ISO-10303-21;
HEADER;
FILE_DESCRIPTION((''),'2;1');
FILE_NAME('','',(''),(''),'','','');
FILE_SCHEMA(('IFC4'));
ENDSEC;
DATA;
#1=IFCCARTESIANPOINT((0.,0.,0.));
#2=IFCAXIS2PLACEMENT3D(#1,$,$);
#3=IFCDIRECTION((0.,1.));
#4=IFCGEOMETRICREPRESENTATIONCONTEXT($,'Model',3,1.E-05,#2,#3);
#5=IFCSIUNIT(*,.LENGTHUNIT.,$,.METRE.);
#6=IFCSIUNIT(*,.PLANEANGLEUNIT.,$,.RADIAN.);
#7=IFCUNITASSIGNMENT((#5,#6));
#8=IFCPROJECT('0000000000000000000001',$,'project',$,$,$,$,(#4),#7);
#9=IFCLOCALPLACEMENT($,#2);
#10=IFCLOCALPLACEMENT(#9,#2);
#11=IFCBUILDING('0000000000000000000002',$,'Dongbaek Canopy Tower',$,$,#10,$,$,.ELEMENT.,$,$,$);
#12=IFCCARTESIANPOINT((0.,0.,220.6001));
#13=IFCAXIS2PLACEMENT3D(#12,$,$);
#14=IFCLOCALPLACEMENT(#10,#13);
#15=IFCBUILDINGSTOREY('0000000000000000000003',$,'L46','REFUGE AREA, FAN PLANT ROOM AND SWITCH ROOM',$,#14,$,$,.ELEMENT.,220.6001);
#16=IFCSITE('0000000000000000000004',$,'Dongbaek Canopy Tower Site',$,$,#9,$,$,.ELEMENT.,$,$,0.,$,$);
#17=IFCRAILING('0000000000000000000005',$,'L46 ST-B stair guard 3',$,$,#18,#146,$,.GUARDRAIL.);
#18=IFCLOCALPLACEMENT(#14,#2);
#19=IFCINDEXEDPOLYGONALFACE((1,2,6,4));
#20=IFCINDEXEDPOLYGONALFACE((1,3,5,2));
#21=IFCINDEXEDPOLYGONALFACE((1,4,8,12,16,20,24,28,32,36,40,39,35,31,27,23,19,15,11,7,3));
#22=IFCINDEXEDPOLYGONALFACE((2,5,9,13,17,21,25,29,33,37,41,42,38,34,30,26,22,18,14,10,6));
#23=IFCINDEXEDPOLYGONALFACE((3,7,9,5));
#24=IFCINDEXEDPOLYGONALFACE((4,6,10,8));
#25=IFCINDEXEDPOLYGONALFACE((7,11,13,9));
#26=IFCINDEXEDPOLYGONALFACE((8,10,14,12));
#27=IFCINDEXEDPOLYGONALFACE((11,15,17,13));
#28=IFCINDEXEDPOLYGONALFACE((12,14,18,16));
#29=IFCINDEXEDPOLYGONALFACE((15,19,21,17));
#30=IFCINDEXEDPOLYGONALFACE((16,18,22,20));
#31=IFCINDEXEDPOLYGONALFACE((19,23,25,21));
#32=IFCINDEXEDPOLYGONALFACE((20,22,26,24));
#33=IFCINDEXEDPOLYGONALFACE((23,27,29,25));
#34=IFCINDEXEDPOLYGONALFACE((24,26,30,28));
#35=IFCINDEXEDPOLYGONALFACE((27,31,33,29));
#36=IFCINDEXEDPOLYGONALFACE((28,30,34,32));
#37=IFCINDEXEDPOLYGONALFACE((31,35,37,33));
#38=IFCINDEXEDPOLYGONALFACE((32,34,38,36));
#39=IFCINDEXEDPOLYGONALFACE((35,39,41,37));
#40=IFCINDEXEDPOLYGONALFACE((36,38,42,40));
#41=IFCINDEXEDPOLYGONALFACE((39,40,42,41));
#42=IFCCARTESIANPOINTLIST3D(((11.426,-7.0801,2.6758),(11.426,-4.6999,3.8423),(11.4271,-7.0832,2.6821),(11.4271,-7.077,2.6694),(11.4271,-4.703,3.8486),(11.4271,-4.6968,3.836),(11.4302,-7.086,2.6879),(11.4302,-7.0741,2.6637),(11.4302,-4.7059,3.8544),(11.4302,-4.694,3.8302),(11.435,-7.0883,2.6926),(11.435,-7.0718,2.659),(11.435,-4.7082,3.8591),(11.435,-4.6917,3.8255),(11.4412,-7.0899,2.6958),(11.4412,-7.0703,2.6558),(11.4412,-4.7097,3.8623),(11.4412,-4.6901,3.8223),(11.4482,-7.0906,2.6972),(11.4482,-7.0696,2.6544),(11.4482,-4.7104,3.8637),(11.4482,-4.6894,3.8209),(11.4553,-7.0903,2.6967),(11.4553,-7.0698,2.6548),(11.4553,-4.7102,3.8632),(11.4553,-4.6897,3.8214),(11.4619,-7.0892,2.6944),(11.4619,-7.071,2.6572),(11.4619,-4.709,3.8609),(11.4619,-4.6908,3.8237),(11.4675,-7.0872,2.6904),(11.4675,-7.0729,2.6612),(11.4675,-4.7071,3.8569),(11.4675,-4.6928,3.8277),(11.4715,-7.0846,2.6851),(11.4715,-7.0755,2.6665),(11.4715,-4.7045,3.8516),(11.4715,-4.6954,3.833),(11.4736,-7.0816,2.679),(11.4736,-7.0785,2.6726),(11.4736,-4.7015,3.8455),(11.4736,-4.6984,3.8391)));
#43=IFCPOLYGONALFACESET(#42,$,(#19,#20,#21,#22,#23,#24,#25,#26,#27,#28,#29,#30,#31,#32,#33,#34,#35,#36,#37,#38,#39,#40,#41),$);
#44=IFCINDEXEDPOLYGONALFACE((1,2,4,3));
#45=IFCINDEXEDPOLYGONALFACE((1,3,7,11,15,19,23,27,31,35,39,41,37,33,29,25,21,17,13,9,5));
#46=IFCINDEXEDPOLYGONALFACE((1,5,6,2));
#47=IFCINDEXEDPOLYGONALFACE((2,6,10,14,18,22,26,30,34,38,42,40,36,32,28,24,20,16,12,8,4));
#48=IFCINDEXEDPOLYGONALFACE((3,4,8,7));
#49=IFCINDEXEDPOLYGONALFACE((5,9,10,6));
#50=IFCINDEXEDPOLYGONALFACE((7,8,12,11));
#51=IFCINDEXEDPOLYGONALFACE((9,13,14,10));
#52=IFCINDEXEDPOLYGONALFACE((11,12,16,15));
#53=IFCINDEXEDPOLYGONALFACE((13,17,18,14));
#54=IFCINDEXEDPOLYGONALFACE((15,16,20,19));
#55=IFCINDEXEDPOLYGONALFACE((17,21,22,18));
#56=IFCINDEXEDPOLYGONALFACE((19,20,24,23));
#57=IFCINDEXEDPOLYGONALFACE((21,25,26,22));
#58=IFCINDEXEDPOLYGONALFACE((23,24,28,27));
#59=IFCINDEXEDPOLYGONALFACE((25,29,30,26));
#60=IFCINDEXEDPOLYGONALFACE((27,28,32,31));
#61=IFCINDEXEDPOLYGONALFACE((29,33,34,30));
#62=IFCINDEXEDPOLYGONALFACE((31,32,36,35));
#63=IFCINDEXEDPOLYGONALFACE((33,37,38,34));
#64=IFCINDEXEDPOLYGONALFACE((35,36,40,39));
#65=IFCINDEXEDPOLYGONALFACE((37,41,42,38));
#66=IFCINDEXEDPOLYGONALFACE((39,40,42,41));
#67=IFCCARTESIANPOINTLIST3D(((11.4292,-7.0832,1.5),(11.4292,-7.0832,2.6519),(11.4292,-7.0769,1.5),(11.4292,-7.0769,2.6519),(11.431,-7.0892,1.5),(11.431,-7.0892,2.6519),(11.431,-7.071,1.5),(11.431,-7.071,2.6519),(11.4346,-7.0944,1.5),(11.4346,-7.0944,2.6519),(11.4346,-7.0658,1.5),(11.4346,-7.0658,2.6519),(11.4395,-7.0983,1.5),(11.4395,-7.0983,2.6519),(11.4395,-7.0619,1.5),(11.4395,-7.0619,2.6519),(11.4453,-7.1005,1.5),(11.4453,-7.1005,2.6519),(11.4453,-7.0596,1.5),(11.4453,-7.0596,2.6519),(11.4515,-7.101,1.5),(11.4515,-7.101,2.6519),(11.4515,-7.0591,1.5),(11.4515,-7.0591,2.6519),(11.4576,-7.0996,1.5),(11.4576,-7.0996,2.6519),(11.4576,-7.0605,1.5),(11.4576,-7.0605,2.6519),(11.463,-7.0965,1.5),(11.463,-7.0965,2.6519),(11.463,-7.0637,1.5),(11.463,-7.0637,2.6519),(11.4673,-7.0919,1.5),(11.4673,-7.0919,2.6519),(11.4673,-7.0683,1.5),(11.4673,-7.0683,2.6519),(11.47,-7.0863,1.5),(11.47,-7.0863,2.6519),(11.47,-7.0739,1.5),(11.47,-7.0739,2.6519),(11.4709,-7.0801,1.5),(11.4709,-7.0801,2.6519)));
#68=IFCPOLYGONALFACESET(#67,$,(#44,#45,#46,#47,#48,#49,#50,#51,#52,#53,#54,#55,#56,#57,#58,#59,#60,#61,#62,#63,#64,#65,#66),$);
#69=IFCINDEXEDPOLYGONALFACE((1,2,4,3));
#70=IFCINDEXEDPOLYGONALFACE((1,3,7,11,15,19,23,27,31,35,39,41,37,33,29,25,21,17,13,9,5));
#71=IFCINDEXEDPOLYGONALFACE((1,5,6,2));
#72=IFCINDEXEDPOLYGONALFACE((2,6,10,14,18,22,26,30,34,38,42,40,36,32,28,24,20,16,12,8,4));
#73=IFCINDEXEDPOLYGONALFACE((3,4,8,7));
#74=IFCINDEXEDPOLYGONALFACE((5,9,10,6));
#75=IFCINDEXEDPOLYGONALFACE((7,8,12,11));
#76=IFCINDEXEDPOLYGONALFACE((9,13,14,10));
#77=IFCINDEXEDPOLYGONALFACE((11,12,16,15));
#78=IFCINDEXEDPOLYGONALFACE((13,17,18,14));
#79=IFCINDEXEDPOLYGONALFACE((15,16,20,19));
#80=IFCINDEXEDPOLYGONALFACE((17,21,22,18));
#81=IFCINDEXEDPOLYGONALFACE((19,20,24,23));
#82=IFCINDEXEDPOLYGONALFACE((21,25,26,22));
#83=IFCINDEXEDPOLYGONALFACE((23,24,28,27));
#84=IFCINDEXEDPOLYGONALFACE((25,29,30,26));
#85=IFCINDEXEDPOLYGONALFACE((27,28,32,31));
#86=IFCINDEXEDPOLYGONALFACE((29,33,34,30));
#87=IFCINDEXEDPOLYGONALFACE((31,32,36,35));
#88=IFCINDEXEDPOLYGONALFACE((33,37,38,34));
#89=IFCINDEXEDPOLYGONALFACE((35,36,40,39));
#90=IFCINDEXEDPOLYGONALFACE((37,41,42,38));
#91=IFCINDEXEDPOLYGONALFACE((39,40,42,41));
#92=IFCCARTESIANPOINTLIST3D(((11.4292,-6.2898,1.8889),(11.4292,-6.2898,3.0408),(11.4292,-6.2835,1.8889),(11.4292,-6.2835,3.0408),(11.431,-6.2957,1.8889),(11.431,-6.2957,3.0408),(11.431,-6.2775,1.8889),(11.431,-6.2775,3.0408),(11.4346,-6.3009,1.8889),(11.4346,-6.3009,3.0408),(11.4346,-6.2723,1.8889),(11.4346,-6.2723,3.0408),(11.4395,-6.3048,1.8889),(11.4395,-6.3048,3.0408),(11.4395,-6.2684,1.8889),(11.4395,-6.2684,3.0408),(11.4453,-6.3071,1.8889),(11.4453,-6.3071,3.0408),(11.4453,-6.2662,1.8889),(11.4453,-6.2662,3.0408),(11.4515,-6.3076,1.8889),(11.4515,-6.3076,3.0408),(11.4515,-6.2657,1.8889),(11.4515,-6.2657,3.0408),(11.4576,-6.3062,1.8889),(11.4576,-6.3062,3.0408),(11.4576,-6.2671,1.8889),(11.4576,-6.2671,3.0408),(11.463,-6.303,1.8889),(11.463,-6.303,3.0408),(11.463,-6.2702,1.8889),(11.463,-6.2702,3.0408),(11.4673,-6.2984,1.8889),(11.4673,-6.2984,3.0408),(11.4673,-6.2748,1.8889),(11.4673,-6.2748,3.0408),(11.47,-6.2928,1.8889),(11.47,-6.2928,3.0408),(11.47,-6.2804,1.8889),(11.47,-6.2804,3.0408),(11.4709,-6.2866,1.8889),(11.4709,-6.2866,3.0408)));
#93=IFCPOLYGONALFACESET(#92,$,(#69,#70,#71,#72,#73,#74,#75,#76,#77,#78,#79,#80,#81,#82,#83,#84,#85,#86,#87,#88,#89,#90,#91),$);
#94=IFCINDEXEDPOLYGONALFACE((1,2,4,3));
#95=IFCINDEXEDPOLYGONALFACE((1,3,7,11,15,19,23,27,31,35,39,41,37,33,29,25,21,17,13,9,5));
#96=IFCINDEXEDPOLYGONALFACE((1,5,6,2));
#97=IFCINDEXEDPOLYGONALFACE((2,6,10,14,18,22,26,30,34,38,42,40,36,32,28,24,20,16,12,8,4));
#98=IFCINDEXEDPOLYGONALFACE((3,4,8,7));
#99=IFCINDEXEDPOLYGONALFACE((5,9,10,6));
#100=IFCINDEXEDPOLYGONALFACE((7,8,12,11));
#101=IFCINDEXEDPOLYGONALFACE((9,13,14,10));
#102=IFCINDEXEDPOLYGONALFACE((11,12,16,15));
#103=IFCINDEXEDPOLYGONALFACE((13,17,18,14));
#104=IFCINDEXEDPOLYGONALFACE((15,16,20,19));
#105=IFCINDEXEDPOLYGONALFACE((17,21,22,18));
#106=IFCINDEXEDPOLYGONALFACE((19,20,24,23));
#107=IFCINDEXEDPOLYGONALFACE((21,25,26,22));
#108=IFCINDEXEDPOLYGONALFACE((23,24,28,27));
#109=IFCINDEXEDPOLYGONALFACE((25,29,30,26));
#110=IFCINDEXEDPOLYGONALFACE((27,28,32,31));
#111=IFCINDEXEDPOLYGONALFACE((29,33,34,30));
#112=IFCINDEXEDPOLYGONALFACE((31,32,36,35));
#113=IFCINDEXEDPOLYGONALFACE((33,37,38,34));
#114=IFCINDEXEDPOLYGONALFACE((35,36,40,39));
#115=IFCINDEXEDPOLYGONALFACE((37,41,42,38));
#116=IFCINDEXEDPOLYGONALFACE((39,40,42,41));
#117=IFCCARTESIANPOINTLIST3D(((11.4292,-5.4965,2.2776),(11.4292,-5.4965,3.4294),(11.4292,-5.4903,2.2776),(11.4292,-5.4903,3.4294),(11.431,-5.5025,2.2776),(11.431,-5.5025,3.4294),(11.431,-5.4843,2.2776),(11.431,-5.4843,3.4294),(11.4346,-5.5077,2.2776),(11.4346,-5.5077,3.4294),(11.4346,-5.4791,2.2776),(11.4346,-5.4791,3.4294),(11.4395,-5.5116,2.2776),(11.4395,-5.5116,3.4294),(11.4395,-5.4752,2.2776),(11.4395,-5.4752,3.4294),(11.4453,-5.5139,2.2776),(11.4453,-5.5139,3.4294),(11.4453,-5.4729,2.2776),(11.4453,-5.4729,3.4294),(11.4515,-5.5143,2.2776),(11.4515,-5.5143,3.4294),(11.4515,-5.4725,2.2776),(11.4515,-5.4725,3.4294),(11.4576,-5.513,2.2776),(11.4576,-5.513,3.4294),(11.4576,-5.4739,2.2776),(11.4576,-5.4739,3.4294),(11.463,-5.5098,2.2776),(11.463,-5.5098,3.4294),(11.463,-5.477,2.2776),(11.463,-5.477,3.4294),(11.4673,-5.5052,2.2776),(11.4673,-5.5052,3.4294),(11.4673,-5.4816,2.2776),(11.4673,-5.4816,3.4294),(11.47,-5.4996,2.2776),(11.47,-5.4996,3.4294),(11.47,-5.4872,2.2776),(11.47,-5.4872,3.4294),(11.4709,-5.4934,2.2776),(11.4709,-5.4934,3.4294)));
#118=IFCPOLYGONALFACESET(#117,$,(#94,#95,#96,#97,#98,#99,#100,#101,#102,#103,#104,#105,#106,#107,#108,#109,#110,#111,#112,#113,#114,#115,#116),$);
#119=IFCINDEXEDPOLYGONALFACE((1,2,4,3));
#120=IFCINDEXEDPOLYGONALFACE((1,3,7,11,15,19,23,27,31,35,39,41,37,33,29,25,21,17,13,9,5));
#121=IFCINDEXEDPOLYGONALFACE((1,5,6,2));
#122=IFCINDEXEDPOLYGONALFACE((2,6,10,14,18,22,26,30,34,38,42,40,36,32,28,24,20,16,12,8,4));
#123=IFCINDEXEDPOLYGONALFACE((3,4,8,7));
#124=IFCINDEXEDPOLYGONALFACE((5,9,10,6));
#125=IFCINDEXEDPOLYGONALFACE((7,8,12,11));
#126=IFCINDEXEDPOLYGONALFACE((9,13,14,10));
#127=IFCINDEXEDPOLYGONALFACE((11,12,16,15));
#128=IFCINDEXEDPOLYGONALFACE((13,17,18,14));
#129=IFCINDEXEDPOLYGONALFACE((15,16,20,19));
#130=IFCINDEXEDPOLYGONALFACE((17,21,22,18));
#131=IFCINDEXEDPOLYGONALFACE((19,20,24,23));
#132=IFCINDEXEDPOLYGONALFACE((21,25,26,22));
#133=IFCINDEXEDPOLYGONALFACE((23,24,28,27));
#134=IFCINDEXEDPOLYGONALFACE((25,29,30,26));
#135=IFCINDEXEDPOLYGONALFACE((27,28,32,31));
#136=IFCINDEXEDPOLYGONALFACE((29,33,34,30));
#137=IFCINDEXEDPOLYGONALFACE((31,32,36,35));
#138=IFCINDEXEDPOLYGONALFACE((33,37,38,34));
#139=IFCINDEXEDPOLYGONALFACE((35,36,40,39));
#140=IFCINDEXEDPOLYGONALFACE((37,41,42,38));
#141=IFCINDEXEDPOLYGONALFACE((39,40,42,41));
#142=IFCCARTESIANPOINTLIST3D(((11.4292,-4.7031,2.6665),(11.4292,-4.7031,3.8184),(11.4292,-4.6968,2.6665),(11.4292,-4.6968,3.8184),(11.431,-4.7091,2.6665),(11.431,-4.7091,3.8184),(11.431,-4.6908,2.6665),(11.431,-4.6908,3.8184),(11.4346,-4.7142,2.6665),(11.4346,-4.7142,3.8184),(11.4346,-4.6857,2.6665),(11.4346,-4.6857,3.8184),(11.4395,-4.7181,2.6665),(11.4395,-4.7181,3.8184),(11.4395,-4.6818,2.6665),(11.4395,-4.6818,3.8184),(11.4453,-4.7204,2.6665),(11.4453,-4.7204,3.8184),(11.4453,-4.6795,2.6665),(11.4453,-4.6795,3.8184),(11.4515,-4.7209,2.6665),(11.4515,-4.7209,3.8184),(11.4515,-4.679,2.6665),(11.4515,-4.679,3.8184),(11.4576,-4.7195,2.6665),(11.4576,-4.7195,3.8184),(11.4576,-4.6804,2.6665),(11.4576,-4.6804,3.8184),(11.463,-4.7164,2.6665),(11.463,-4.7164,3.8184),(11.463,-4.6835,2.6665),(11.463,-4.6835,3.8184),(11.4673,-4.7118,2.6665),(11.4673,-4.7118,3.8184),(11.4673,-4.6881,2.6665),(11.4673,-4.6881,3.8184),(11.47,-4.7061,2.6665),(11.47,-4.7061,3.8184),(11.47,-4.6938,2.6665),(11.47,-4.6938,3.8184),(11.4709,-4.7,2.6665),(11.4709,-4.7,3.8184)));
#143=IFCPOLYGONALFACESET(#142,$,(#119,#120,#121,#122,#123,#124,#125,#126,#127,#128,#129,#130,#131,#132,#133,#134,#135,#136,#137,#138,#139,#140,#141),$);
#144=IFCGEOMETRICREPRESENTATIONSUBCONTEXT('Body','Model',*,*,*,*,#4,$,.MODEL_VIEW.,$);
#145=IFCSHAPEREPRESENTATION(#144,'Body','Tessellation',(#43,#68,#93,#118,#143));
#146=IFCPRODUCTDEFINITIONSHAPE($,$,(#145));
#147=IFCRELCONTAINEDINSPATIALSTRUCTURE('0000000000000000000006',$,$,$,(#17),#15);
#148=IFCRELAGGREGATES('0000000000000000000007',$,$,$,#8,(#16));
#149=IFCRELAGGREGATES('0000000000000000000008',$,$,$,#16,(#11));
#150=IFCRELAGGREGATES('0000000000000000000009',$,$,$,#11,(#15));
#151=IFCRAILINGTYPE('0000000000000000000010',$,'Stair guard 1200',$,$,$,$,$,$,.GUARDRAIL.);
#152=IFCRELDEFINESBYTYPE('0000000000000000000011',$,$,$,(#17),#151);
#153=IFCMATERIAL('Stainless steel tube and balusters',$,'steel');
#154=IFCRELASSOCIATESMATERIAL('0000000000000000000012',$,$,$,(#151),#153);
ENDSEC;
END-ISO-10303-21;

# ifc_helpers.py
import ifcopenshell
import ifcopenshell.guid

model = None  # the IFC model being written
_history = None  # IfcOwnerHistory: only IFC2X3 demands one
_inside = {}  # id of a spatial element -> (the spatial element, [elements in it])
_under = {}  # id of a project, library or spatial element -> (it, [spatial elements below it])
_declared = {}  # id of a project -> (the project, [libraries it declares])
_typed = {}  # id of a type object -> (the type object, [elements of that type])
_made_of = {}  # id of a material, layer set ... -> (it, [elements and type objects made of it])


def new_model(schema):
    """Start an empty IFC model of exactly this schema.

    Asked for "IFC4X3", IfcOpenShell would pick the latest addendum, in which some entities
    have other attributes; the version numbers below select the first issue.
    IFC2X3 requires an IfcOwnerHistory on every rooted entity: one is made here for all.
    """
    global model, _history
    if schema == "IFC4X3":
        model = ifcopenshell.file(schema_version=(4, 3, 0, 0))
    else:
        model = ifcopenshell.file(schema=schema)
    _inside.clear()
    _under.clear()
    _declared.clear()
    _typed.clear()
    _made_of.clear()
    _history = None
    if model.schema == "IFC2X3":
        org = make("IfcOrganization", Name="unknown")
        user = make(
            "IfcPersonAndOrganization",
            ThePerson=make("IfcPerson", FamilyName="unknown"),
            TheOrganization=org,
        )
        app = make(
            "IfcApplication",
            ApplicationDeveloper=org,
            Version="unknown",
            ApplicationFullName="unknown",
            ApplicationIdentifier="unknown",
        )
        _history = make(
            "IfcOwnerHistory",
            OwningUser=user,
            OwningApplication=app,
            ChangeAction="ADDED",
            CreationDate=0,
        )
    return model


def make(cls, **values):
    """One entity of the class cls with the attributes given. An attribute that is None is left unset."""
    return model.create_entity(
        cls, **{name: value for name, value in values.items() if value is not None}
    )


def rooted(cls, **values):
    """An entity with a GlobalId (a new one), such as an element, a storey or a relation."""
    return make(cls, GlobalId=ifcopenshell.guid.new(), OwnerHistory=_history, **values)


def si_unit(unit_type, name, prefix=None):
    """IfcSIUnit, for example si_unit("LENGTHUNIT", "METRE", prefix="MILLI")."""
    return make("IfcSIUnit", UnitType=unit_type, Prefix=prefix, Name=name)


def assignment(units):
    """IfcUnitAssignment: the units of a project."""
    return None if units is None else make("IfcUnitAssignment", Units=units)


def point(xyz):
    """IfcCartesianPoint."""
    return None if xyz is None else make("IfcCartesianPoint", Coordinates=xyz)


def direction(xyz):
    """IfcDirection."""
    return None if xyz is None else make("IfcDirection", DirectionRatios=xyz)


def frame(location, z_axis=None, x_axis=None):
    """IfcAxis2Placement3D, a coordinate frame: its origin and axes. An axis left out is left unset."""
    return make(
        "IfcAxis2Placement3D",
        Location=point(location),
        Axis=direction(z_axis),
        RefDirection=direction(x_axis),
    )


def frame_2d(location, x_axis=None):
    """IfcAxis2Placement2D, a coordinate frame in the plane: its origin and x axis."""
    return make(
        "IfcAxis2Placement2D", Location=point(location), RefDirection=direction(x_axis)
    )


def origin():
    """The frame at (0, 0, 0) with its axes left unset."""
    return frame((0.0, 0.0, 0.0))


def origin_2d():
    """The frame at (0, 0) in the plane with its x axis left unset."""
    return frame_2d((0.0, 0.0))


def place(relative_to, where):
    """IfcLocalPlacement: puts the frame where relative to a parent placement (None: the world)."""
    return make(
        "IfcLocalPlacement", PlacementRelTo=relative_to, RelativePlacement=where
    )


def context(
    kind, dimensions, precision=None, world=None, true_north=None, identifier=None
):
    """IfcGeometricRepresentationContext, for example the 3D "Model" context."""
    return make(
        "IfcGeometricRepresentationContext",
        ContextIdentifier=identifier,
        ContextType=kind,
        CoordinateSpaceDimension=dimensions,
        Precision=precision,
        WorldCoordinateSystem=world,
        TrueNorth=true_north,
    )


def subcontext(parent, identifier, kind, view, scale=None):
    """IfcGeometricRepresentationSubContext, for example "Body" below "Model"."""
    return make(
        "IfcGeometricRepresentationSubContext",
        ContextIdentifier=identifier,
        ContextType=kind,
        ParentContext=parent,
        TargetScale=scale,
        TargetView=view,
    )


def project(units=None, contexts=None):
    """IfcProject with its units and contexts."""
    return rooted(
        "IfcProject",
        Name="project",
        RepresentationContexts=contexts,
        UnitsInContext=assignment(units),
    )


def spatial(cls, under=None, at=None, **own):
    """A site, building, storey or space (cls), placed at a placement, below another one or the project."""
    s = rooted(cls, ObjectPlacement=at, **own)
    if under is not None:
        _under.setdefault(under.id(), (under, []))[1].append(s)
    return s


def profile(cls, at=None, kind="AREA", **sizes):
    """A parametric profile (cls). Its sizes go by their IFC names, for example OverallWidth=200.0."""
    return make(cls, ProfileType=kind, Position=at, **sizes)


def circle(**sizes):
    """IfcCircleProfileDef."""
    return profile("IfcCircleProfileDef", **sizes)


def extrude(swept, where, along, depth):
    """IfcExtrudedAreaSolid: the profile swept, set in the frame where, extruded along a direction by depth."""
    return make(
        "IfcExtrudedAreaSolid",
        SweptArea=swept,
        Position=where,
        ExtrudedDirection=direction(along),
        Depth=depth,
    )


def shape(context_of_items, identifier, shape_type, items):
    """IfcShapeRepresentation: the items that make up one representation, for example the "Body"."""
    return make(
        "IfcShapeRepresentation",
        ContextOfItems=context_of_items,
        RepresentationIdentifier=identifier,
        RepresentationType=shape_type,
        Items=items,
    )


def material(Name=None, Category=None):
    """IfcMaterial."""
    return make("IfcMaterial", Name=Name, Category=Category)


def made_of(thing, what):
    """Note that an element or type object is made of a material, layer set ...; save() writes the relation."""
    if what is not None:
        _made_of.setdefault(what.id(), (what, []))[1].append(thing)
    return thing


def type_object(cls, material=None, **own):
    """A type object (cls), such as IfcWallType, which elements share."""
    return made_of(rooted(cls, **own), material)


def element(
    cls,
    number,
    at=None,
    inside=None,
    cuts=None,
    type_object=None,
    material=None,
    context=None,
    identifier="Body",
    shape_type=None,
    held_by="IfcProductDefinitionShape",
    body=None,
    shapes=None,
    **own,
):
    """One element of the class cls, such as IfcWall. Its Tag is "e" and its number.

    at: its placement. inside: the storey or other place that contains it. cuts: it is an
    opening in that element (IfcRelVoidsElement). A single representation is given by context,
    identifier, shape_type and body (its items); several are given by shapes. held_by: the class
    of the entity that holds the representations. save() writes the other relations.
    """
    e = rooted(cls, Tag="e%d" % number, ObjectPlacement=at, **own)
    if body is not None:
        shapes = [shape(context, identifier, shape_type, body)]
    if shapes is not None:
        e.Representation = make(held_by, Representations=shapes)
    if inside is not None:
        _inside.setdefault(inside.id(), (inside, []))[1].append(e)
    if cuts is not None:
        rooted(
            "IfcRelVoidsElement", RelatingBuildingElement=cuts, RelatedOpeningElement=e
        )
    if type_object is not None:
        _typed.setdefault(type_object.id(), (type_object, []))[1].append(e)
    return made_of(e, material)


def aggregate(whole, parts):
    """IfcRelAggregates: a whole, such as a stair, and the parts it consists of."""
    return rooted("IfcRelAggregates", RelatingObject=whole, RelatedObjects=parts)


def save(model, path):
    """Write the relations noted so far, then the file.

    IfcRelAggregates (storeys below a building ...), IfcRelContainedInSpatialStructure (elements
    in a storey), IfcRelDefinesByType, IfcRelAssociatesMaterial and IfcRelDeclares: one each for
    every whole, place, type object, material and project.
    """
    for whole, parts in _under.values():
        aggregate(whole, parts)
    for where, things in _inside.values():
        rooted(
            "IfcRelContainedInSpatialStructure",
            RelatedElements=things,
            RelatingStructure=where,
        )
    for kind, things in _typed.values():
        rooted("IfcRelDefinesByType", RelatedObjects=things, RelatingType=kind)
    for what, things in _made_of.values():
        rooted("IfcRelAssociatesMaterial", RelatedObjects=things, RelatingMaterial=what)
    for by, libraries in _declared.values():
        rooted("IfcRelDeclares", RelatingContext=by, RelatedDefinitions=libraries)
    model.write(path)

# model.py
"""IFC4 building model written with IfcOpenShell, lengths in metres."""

from ifc_helpers import new_model, si_unit, direction, frame, origin, origin_2d, place, context, subcontext, project, spatial, circle, extrude, material, type_object, element, save


model = new_model("IFC4")

# Units and contexts
model_context = context("Model", 3, precision=1e-05, world=origin(), true_north=direction((0.0, 1.0)))
body_context = subcontext(model_context, "Body", "Model", "MODEL_VIEW")
ifc_project = project(units=[si_unit("LENGTHUNIT", "METRE"), si_unit("PLANEANGLEUNIT", "RADIAN")], contexts=[model_context])

# Site, building, storey
site_placement = place(None, origin())
site = spatial("IfcSite", under=ifc_project, at=site_placement, Name="Dongbaek Canopy Tower Site", CompositionType="ELEMENT", RefElevation=0.0)
building_placement = place(site_placement, origin())
building = spatial("IfcBuilding", under=site, at=building_placement, Name="Dongbaek Canopy Tower", CompositionType="ELEMENT")
storey_placement = place(building_placement, frame((0.0, 0.0, 220.6001)))
storey = spatial("IfcBuildingStorey", under=building, at=storey_placement, Name="L46", Description="REFUGE AREA, FAN PLANT ROOM AND SWITCH ROOM", CompositionType="ELEMENT", Elevation=220.6001)

# Railing
ifc_material_1 = material(Name="Stainless steel tube and balusters", Category="steel")
railing_type = type_object("IfcRailingType", Name="Stair guard 1200", PredefinedType="GUARDRAIL", material=ifc_material_1)
railing_1_placement = place(storey_placement, frame((11.45, -7.0801, 1.5)))
element("IfcRailing", 1, at=railing_1_placement, inside=storey, type_object=railing_type, Name="L46 ST-B stair guard 3", PredefinedType="GUARDRAIL", context=body_context, shape_type="SweptSolid", body=[
    extrude(circle(Radius=0.0239, at=origin_2d()), frame((0.0, 0.0, 1.1758), z_axis=(0.0, 0.897954, 0.440089), x_axis=(-1.0, 0.0, 0.0)), (0.0, 0.0, 1.0), 2.6506),
    extrude(circle(Radius=0.021, at=origin_2d()), origin(), (0.0, 0.0, 1.0), 1.1519),
    extrude(circle(Radius=0.021, at=origin_2d()), frame((0.0, 0.7935, 0.3889)), (0.0, 0.0, 1.0), 1.1519),
    extrude(circle(Radius=0.021, at=origin_2d()), frame((0.0, 1.5867, 0.7776)), (0.0, 0.0, 1.0), 1.1519),
    extrude(circle(Radius=0.021, at=origin_2d()), frame((0.0, 2.3801, 1.1665)), (0.0, 0.0, 1.0), 1.1519),
])

save(model, "model.ifc")
